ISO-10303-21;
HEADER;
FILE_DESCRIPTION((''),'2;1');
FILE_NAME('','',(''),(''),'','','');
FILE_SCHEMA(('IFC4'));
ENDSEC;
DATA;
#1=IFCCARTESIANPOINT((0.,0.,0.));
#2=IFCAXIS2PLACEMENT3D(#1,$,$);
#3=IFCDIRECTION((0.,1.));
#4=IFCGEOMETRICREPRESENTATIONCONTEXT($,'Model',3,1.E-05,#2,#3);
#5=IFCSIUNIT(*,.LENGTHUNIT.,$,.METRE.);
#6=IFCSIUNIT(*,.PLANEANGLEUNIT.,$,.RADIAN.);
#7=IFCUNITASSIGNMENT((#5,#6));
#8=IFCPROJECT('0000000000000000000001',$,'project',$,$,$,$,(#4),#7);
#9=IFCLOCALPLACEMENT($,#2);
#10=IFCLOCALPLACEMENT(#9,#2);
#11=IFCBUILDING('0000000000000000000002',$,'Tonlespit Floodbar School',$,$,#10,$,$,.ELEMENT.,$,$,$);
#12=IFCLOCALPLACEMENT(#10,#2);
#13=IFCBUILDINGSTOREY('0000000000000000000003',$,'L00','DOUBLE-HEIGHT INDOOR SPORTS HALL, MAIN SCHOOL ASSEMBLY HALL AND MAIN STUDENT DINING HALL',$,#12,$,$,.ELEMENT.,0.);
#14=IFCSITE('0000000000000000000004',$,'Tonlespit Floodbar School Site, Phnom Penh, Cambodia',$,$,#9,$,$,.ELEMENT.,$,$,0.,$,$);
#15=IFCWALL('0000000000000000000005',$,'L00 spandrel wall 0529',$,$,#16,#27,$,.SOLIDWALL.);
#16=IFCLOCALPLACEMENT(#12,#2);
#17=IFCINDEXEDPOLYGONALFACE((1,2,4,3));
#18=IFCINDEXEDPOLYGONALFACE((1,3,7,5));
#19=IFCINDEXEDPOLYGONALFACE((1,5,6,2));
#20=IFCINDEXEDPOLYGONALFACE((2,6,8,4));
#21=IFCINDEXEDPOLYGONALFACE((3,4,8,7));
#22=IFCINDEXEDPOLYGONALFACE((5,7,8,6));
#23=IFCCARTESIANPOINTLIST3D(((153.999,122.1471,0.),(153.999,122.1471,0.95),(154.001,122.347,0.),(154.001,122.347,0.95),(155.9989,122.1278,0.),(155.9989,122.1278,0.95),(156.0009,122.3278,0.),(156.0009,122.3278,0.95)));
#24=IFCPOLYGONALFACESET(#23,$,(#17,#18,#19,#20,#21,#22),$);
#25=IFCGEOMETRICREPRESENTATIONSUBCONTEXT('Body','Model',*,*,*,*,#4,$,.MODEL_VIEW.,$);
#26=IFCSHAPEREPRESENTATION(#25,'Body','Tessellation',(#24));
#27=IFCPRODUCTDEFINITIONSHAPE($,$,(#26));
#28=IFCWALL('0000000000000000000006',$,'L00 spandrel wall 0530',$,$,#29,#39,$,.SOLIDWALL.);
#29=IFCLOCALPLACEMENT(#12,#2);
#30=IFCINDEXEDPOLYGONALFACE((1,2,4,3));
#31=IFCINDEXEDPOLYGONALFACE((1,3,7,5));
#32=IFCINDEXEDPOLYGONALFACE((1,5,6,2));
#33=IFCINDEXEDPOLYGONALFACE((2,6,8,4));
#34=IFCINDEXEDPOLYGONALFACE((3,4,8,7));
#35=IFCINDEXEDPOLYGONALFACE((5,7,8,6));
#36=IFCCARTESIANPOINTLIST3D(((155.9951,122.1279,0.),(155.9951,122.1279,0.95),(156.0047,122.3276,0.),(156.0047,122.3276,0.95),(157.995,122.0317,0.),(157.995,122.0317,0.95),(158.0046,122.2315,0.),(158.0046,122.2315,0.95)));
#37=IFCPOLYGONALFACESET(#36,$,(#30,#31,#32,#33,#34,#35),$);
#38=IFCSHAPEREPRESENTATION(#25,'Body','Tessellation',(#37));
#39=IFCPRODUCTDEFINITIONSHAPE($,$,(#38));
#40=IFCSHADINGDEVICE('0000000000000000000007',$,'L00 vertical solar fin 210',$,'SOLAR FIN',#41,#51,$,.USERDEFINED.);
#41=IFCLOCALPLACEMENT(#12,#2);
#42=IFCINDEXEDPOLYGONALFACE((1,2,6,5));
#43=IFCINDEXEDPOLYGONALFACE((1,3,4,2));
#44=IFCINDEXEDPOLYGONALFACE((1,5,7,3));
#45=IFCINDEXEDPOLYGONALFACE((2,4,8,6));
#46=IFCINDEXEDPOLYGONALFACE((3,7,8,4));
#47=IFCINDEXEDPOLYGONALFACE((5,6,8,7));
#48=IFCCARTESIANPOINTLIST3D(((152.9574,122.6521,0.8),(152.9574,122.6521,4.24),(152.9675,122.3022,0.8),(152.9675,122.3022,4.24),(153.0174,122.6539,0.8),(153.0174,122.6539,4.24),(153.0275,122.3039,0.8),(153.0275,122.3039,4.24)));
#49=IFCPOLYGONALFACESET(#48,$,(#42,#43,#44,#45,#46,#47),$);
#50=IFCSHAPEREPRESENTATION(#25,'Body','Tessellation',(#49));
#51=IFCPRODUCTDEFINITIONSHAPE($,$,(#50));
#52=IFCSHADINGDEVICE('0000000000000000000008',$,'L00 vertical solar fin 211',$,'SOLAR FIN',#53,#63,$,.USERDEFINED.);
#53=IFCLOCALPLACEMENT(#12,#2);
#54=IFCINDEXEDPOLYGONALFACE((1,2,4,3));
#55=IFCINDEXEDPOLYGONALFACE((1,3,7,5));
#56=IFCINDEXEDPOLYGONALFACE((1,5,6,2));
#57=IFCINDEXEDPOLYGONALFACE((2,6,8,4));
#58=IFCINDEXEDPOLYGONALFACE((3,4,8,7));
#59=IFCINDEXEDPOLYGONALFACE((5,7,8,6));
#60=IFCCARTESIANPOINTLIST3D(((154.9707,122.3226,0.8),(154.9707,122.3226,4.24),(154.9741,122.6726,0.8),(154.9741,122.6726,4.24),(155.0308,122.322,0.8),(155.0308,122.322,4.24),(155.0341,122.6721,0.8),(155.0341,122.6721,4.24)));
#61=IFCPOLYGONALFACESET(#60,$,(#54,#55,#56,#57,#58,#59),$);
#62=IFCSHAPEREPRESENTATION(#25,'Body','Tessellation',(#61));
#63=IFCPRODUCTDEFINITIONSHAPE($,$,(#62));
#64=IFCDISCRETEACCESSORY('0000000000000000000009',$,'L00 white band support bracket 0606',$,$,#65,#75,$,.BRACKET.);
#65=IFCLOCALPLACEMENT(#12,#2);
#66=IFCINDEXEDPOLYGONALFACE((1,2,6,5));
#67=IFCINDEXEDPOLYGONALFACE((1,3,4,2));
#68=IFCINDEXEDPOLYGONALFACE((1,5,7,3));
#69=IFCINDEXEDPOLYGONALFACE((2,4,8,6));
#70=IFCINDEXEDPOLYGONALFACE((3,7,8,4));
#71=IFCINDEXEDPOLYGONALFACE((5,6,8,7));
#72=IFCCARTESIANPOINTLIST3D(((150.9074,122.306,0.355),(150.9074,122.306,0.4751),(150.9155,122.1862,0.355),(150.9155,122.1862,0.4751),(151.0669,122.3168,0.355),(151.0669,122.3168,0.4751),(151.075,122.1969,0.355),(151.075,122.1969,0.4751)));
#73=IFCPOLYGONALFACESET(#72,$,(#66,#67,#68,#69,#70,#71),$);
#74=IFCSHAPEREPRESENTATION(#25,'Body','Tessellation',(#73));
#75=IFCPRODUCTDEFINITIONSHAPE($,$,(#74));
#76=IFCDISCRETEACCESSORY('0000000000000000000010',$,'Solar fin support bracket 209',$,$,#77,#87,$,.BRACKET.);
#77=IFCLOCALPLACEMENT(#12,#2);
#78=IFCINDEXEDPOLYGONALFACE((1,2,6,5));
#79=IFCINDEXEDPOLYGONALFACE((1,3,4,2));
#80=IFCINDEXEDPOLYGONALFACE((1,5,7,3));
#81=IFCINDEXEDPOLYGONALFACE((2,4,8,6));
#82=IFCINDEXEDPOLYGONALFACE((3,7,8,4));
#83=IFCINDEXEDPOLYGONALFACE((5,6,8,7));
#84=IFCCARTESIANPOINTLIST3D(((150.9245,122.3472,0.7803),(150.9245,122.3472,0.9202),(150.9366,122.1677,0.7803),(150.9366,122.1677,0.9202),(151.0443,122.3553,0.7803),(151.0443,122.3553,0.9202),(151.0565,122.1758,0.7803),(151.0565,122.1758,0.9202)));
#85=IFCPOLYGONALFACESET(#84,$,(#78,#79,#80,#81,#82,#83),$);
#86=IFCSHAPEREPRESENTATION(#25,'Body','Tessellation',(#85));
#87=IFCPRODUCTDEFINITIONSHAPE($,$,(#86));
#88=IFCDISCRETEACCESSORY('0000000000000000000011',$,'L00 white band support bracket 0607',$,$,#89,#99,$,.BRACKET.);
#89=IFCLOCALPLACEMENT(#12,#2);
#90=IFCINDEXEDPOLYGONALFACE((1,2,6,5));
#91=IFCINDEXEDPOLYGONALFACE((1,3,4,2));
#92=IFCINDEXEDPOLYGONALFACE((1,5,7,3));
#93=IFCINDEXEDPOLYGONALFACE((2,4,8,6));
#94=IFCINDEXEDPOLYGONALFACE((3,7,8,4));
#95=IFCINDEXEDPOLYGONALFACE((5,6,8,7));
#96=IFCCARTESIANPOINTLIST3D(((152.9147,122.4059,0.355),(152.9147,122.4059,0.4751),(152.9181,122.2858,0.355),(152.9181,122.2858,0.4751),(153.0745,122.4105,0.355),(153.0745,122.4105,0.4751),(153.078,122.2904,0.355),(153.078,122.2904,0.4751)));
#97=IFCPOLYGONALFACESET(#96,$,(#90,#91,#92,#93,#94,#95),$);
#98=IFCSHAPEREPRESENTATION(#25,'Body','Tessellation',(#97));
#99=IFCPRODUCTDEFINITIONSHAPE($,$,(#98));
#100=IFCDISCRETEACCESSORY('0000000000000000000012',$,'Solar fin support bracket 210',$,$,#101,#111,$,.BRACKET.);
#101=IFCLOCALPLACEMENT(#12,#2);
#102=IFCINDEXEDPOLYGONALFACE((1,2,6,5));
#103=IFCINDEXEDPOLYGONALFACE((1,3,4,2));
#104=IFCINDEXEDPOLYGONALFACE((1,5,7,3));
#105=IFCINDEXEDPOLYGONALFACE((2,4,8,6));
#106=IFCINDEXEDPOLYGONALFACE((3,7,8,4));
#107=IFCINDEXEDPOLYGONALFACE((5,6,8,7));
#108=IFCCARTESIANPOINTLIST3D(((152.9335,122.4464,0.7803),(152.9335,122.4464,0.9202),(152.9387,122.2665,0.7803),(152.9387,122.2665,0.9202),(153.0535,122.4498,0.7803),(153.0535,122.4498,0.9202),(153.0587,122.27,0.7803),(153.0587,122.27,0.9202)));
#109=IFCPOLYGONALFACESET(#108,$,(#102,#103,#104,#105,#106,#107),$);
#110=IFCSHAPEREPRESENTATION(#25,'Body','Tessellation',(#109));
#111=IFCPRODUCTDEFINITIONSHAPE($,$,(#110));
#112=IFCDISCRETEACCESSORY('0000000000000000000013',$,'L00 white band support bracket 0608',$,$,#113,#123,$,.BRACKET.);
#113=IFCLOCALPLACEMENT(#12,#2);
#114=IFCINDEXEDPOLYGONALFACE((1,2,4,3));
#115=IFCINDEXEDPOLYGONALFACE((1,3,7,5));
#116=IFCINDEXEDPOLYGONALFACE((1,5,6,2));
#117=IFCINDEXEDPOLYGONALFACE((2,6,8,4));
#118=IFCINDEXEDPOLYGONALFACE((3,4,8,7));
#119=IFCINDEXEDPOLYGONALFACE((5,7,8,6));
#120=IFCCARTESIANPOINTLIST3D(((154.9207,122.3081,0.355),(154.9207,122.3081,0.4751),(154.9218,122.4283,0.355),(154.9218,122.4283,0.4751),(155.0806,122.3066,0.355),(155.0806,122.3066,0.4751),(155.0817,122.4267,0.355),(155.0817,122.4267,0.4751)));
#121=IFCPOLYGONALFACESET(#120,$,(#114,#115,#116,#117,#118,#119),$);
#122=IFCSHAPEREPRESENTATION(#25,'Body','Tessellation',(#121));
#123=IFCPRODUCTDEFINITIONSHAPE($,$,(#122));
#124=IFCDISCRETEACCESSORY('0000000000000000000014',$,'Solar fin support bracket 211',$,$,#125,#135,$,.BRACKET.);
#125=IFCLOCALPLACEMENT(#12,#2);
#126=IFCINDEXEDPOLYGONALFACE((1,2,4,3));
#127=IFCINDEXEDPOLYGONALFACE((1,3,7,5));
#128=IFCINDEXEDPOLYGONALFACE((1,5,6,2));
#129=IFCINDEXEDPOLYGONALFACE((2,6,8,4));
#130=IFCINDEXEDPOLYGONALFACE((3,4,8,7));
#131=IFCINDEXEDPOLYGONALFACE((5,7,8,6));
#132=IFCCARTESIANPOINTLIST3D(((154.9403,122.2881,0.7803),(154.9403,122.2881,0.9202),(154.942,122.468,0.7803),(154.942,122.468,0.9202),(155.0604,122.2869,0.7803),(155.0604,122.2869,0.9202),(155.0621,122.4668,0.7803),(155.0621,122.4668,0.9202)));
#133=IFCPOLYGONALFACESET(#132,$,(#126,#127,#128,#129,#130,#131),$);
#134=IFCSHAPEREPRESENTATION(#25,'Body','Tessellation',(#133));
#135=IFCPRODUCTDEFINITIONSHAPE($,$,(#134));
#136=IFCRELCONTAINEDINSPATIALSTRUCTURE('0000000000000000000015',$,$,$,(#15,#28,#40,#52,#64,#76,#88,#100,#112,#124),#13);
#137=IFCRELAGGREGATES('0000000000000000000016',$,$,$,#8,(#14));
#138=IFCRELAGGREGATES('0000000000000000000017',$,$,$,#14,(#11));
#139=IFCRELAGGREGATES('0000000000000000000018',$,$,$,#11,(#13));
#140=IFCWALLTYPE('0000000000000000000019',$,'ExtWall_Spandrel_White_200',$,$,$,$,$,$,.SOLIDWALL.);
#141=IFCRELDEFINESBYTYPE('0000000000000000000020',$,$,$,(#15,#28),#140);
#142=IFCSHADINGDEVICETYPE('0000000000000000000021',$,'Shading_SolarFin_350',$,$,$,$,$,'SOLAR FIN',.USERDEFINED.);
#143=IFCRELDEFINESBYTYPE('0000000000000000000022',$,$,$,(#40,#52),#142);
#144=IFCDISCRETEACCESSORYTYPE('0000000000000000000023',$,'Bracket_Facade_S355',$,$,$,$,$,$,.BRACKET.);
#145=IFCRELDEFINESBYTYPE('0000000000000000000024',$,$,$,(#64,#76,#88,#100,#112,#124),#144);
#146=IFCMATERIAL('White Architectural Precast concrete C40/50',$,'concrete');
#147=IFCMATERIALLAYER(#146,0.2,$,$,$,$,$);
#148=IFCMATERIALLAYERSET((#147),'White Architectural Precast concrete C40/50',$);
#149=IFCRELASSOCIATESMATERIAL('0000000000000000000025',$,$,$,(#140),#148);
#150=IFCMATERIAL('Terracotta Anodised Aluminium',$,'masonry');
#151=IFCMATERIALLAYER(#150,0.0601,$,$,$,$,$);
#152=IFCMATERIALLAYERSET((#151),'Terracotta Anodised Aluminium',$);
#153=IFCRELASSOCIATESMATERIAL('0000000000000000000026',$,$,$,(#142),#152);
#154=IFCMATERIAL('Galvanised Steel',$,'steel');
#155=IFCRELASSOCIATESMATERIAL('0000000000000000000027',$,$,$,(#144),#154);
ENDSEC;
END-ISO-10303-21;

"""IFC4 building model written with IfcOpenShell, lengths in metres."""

from ifc_helpers import new_model, si_unit, direction, frame, frame_2d, origin, origin_2d, place, context, subcontext, project, spatial, rectangle, extrude, material, layer, layer_set, type_object, element, save


model = new_model("IFC4")

# Units and contexts
model_context = context("Model", 3, precision=1e-05, world=origin(), true_north=direction((0.0, 1.0)))
body_context = subcontext(model_context, "Body", "Model", "MODEL_VIEW")
ifc_project = project(units=[si_unit("LENGTHUNIT", "METRE"), si_unit("PLANEANGLEUNIT", "RADIAN")], contexts=[model_context])

# Site, building, storey
site_placement = place(None, origin())
site = spatial("IfcSite", under=ifc_project, at=site_placement, Name="Tonlespit Floodbar School Site, Phnom Penh, Cambodia", CompositionType="ELEMENT", RefElevation=0.0)
building_placement = place(site_placement, origin())
building = spatial("IfcBuilding", under=site, at=building_placement, Name="Tonlespit Floodbar School", CompositionType="ELEMENT")
storey_placement = place(building_placement, origin())
storey = spatial("IfcBuildingStorey", under=building, at=storey_placement, Name="L00", Description="DOUBLE-HEIGHT INDOOR SPORTS HALL, MAIN SCHOOL ASSEMBLY HALL AND MAIN STUDENT DINING HALL", CompositionType="ELEMENT", Elevation=0.0)

# Walls
ifc_material_1 = material(Name="White Architectural Precast concrete C40/50", Category="concrete")
ifc_layer_1 = layer(ifc_material_1, 0.2)
ifc_layer_set_1 = layer_set([ifc_layer_1], Name="White Architectural Precast concrete C40/50")
wall_type = type_object("IfcWallType", Name="ExtWall_Spandrel_White_200", PredefinedType="SOLIDWALL", material=ifc_layer_set_1)
wall_1_placement = place(storey_placement, frame((154.0, 122.2471, 0.0), z_axis=(0.0, 0.0, 1.0), x_axis=(0.999954, -0.009643, 0.0)))
element("IfcWall", 1, at=wall_1_placement, inside=storey, type_object=wall_type, Name="L00 spandrel wall 0529", PredefinedType="SOLIDWALL", context=body_context, shape_type="SweptSolid", body=[
    extrude(rectangle(XDim=2.0, YDim=0.2, at=frame_2d((1.0, 0.0))), origin(), (0.0, 0.0, 1.0), 0.95),
])
wall_2_placement = place(storey_placement, frame((156.0, 122.2278, 0.0), z_axis=(0.0, 0.0, 1.0), x_axis=(0.998845, -0.04804, 0.0)))
element("IfcWall", 2, at=wall_2_placement, inside=storey, type_object=wall_type, Name="L00 spandrel wall 0530", PredefinedType="SOLIDWALL", context=body_context, shape_type="SweptSolid", body=[
    extrude(rectangle(XDim=2.0022, YDim=0.2, at=frame_2d((1.001, 0.0))), origin(), (0.0, 0.0, 1.0), 0.95),
])

# Shading devices
ifc_material_2 = material(Name="Terracotta Anodised Aluminium", Category="masonry")
ifc_layer_2 = layer(ifc_material_2, 0.0601)
ifc_layer_set_2 = layer_set([ifc_layer_2], Name="Terracotta Anodised Aluminium")
shading_device_type = type_object("IfcShadingDeviceType", Name="Shading_SolarFin_350", ElementType="SOLAR FIN", PredefinedType="USERDEFINED", material=ifc_layer_set_2)
for number, where, z_axis, x_axis, name in (
    (3, (152.9924, 122.478, 0.8), (0.0, 0.0, 1.0), (0.999584, 0.028838, 0.0), "L00 vertical solar fin 210"),
    (4, (155.0024, 122.4973, 0.8), (0.0, 0.0, 1.0), (0.999954, -0.009599, 0.0), "L00 vertical solar fin 211"),
):
    element("IfcShadingDevice", number, at=place(storey_placement, frame(where, z_axis=z_axis, x_axis=x_axis)), inside=storey, type_object=shading_device_type, Name=name, ObjectType="SOLAR FIN", PredefinedType="USERDEFINED", context=body_context, shape_type="SweptSolid", body=[
        extrude(rectangle(XDim=0.0601, YDim=0.3501, at=origin_2d()), origin(), (0.0, 0.0, 1.0), 3.4399),
    ])

# Discrete accessories
ifc_material_3 = material(Name="Galvanised Steel", Category="steel")
discrete_accessory_type = type_object("IfcDiscreteAccessoryType", Name="Bracket_Facade_S355", PredefinedType="BRACKET", material=ifc_material_3)
discrete_accessory_1_placement = place(storey_placement, frame((150.9912, 122.2515, 0.355), z_axis=(0.0, 0.0, 1.0), x_axis=(0.99773, 0.067347, 0.0)))
element("IfcDiscreteAccessory", 5, at=discrete_accessory_1_placement, inside=storey, type_object=discrete_accessory_type, Name="L00 white band support bracket 0606", PredefinedType="BRACKET", context=body_context, shape_type="SweptSolid", body=[
    extrude(rectangle(XDim=0.1599, YDim=0.1201, at=origin_2d()), origin(), (0.0, 0.0, 1.0), 0.1201),
])
discrete_accessory_2_placement = place(storey_placement, frame((150.9905, 122.2615, 0.7803), z_axis=(0.0, 0.0, 1.0), x_axis=(0.99773, 0.067347, 0.0)))
element("IfcDiscreteAccessory", 6, at=discrete_accessory_2_placement, inside=storey, type_object=discrete_accessory_type, Name="Solar fin support bracket 209", PredefinedType="BRACKET", context=body_context, shape_type="SweptSolid", body=[
    extrude(rectangle(XDim=0.1201, YDim=0.1799, at=origin_2d()), origin(), (0.0, 0.0, 1.0), 0.1399),
])
discrete_accessory_3_placement = place(storey_placement, frame((152.9963, 122.3481, 0.355), z_axis=(0.0, 0.0, 1.0), x_axis=(0.999584, 0.028838, 0.0)))
element("IfcDiscreteAccessory", 7, at=discrete_accessory_3_placement, inside=storey, type_object=discrete_accessory_type, Name="L00 white band support bracket 0607", PredefinedType="BRACKET", context=body_context, shape_type="SweptSolid", body=[
    extrude(rectangle(XDim=0.1599, YDim=0.1201, at=origin_2d()), origin(), (0.0, 0.0, 1.0), 0.1201),
])
discrete_accessory_4_placement = place(storey_placement, frame((152.9961, 122.3582, 0.7803), z_axis=(0.0, 0.0, 1.0), x_axis=(0.999584, 0.028838, 0.0)))
element("IfcDiscreteAccessory", 8, at=discrete_accessory_4_placement, inside=storey, type_object=discrete_accessory_type, Name="Solar fin support bracket 210", PredefinedType="BRACKET", context=body_context, shape_type="SweptSolid", body=[
    extrude(rectangle(XDim=0.1201, YDim=0.1799, at=origin_2d()), origin(), (0.0, 0.0, 1.0), 0.1399),
])
discrete_accessory_5_placement = place(storey_placement, frame((155.0012, 122.3674, 0.355), z_axis=(0.0, 0.0, 1.0), x_axis=(0.999954, -0.009599, 0.0)))
element("IfcDiscreteAccessory", 9, at=discrete_accessory_5_placement, inside=storey, type_object=discrete_accessory_type, Name="L00 white band support bracket 0608", PredefinedType="BRACKET", context=body_context, shape_type="SweptSolid", body=[
    extrude(rectangle(XDim=0.1599, YDim=0.1201, at=origin_2d()), origin(), (0.0, 0.0, 1.0), 0.1201),
])
discrete_accessory_6_placement = place(storey_placement, frame((155.0012, 122.3774, 0.7803), z_axis=(0.0, 0.0, 1.0), x_axis=(0.999954, -0.009599, 0.0)))
element("IfcDiscreteAccessory", 10, at=discrete_accessory_6_placement, inside=storey, type_object=discrete_accessory_type, Name="Solar fin support bracket 211", PredefinedType="BRACKET", context=body_context, shape_type="SweptSolid", body=[
    extrude(rectangle(XDim=0.1201, YDim=0.1799, at=origin_2d()), origin(), (0.0, 0.0, 1.0), 0.1399),
])

save(model, "model.ifc")
